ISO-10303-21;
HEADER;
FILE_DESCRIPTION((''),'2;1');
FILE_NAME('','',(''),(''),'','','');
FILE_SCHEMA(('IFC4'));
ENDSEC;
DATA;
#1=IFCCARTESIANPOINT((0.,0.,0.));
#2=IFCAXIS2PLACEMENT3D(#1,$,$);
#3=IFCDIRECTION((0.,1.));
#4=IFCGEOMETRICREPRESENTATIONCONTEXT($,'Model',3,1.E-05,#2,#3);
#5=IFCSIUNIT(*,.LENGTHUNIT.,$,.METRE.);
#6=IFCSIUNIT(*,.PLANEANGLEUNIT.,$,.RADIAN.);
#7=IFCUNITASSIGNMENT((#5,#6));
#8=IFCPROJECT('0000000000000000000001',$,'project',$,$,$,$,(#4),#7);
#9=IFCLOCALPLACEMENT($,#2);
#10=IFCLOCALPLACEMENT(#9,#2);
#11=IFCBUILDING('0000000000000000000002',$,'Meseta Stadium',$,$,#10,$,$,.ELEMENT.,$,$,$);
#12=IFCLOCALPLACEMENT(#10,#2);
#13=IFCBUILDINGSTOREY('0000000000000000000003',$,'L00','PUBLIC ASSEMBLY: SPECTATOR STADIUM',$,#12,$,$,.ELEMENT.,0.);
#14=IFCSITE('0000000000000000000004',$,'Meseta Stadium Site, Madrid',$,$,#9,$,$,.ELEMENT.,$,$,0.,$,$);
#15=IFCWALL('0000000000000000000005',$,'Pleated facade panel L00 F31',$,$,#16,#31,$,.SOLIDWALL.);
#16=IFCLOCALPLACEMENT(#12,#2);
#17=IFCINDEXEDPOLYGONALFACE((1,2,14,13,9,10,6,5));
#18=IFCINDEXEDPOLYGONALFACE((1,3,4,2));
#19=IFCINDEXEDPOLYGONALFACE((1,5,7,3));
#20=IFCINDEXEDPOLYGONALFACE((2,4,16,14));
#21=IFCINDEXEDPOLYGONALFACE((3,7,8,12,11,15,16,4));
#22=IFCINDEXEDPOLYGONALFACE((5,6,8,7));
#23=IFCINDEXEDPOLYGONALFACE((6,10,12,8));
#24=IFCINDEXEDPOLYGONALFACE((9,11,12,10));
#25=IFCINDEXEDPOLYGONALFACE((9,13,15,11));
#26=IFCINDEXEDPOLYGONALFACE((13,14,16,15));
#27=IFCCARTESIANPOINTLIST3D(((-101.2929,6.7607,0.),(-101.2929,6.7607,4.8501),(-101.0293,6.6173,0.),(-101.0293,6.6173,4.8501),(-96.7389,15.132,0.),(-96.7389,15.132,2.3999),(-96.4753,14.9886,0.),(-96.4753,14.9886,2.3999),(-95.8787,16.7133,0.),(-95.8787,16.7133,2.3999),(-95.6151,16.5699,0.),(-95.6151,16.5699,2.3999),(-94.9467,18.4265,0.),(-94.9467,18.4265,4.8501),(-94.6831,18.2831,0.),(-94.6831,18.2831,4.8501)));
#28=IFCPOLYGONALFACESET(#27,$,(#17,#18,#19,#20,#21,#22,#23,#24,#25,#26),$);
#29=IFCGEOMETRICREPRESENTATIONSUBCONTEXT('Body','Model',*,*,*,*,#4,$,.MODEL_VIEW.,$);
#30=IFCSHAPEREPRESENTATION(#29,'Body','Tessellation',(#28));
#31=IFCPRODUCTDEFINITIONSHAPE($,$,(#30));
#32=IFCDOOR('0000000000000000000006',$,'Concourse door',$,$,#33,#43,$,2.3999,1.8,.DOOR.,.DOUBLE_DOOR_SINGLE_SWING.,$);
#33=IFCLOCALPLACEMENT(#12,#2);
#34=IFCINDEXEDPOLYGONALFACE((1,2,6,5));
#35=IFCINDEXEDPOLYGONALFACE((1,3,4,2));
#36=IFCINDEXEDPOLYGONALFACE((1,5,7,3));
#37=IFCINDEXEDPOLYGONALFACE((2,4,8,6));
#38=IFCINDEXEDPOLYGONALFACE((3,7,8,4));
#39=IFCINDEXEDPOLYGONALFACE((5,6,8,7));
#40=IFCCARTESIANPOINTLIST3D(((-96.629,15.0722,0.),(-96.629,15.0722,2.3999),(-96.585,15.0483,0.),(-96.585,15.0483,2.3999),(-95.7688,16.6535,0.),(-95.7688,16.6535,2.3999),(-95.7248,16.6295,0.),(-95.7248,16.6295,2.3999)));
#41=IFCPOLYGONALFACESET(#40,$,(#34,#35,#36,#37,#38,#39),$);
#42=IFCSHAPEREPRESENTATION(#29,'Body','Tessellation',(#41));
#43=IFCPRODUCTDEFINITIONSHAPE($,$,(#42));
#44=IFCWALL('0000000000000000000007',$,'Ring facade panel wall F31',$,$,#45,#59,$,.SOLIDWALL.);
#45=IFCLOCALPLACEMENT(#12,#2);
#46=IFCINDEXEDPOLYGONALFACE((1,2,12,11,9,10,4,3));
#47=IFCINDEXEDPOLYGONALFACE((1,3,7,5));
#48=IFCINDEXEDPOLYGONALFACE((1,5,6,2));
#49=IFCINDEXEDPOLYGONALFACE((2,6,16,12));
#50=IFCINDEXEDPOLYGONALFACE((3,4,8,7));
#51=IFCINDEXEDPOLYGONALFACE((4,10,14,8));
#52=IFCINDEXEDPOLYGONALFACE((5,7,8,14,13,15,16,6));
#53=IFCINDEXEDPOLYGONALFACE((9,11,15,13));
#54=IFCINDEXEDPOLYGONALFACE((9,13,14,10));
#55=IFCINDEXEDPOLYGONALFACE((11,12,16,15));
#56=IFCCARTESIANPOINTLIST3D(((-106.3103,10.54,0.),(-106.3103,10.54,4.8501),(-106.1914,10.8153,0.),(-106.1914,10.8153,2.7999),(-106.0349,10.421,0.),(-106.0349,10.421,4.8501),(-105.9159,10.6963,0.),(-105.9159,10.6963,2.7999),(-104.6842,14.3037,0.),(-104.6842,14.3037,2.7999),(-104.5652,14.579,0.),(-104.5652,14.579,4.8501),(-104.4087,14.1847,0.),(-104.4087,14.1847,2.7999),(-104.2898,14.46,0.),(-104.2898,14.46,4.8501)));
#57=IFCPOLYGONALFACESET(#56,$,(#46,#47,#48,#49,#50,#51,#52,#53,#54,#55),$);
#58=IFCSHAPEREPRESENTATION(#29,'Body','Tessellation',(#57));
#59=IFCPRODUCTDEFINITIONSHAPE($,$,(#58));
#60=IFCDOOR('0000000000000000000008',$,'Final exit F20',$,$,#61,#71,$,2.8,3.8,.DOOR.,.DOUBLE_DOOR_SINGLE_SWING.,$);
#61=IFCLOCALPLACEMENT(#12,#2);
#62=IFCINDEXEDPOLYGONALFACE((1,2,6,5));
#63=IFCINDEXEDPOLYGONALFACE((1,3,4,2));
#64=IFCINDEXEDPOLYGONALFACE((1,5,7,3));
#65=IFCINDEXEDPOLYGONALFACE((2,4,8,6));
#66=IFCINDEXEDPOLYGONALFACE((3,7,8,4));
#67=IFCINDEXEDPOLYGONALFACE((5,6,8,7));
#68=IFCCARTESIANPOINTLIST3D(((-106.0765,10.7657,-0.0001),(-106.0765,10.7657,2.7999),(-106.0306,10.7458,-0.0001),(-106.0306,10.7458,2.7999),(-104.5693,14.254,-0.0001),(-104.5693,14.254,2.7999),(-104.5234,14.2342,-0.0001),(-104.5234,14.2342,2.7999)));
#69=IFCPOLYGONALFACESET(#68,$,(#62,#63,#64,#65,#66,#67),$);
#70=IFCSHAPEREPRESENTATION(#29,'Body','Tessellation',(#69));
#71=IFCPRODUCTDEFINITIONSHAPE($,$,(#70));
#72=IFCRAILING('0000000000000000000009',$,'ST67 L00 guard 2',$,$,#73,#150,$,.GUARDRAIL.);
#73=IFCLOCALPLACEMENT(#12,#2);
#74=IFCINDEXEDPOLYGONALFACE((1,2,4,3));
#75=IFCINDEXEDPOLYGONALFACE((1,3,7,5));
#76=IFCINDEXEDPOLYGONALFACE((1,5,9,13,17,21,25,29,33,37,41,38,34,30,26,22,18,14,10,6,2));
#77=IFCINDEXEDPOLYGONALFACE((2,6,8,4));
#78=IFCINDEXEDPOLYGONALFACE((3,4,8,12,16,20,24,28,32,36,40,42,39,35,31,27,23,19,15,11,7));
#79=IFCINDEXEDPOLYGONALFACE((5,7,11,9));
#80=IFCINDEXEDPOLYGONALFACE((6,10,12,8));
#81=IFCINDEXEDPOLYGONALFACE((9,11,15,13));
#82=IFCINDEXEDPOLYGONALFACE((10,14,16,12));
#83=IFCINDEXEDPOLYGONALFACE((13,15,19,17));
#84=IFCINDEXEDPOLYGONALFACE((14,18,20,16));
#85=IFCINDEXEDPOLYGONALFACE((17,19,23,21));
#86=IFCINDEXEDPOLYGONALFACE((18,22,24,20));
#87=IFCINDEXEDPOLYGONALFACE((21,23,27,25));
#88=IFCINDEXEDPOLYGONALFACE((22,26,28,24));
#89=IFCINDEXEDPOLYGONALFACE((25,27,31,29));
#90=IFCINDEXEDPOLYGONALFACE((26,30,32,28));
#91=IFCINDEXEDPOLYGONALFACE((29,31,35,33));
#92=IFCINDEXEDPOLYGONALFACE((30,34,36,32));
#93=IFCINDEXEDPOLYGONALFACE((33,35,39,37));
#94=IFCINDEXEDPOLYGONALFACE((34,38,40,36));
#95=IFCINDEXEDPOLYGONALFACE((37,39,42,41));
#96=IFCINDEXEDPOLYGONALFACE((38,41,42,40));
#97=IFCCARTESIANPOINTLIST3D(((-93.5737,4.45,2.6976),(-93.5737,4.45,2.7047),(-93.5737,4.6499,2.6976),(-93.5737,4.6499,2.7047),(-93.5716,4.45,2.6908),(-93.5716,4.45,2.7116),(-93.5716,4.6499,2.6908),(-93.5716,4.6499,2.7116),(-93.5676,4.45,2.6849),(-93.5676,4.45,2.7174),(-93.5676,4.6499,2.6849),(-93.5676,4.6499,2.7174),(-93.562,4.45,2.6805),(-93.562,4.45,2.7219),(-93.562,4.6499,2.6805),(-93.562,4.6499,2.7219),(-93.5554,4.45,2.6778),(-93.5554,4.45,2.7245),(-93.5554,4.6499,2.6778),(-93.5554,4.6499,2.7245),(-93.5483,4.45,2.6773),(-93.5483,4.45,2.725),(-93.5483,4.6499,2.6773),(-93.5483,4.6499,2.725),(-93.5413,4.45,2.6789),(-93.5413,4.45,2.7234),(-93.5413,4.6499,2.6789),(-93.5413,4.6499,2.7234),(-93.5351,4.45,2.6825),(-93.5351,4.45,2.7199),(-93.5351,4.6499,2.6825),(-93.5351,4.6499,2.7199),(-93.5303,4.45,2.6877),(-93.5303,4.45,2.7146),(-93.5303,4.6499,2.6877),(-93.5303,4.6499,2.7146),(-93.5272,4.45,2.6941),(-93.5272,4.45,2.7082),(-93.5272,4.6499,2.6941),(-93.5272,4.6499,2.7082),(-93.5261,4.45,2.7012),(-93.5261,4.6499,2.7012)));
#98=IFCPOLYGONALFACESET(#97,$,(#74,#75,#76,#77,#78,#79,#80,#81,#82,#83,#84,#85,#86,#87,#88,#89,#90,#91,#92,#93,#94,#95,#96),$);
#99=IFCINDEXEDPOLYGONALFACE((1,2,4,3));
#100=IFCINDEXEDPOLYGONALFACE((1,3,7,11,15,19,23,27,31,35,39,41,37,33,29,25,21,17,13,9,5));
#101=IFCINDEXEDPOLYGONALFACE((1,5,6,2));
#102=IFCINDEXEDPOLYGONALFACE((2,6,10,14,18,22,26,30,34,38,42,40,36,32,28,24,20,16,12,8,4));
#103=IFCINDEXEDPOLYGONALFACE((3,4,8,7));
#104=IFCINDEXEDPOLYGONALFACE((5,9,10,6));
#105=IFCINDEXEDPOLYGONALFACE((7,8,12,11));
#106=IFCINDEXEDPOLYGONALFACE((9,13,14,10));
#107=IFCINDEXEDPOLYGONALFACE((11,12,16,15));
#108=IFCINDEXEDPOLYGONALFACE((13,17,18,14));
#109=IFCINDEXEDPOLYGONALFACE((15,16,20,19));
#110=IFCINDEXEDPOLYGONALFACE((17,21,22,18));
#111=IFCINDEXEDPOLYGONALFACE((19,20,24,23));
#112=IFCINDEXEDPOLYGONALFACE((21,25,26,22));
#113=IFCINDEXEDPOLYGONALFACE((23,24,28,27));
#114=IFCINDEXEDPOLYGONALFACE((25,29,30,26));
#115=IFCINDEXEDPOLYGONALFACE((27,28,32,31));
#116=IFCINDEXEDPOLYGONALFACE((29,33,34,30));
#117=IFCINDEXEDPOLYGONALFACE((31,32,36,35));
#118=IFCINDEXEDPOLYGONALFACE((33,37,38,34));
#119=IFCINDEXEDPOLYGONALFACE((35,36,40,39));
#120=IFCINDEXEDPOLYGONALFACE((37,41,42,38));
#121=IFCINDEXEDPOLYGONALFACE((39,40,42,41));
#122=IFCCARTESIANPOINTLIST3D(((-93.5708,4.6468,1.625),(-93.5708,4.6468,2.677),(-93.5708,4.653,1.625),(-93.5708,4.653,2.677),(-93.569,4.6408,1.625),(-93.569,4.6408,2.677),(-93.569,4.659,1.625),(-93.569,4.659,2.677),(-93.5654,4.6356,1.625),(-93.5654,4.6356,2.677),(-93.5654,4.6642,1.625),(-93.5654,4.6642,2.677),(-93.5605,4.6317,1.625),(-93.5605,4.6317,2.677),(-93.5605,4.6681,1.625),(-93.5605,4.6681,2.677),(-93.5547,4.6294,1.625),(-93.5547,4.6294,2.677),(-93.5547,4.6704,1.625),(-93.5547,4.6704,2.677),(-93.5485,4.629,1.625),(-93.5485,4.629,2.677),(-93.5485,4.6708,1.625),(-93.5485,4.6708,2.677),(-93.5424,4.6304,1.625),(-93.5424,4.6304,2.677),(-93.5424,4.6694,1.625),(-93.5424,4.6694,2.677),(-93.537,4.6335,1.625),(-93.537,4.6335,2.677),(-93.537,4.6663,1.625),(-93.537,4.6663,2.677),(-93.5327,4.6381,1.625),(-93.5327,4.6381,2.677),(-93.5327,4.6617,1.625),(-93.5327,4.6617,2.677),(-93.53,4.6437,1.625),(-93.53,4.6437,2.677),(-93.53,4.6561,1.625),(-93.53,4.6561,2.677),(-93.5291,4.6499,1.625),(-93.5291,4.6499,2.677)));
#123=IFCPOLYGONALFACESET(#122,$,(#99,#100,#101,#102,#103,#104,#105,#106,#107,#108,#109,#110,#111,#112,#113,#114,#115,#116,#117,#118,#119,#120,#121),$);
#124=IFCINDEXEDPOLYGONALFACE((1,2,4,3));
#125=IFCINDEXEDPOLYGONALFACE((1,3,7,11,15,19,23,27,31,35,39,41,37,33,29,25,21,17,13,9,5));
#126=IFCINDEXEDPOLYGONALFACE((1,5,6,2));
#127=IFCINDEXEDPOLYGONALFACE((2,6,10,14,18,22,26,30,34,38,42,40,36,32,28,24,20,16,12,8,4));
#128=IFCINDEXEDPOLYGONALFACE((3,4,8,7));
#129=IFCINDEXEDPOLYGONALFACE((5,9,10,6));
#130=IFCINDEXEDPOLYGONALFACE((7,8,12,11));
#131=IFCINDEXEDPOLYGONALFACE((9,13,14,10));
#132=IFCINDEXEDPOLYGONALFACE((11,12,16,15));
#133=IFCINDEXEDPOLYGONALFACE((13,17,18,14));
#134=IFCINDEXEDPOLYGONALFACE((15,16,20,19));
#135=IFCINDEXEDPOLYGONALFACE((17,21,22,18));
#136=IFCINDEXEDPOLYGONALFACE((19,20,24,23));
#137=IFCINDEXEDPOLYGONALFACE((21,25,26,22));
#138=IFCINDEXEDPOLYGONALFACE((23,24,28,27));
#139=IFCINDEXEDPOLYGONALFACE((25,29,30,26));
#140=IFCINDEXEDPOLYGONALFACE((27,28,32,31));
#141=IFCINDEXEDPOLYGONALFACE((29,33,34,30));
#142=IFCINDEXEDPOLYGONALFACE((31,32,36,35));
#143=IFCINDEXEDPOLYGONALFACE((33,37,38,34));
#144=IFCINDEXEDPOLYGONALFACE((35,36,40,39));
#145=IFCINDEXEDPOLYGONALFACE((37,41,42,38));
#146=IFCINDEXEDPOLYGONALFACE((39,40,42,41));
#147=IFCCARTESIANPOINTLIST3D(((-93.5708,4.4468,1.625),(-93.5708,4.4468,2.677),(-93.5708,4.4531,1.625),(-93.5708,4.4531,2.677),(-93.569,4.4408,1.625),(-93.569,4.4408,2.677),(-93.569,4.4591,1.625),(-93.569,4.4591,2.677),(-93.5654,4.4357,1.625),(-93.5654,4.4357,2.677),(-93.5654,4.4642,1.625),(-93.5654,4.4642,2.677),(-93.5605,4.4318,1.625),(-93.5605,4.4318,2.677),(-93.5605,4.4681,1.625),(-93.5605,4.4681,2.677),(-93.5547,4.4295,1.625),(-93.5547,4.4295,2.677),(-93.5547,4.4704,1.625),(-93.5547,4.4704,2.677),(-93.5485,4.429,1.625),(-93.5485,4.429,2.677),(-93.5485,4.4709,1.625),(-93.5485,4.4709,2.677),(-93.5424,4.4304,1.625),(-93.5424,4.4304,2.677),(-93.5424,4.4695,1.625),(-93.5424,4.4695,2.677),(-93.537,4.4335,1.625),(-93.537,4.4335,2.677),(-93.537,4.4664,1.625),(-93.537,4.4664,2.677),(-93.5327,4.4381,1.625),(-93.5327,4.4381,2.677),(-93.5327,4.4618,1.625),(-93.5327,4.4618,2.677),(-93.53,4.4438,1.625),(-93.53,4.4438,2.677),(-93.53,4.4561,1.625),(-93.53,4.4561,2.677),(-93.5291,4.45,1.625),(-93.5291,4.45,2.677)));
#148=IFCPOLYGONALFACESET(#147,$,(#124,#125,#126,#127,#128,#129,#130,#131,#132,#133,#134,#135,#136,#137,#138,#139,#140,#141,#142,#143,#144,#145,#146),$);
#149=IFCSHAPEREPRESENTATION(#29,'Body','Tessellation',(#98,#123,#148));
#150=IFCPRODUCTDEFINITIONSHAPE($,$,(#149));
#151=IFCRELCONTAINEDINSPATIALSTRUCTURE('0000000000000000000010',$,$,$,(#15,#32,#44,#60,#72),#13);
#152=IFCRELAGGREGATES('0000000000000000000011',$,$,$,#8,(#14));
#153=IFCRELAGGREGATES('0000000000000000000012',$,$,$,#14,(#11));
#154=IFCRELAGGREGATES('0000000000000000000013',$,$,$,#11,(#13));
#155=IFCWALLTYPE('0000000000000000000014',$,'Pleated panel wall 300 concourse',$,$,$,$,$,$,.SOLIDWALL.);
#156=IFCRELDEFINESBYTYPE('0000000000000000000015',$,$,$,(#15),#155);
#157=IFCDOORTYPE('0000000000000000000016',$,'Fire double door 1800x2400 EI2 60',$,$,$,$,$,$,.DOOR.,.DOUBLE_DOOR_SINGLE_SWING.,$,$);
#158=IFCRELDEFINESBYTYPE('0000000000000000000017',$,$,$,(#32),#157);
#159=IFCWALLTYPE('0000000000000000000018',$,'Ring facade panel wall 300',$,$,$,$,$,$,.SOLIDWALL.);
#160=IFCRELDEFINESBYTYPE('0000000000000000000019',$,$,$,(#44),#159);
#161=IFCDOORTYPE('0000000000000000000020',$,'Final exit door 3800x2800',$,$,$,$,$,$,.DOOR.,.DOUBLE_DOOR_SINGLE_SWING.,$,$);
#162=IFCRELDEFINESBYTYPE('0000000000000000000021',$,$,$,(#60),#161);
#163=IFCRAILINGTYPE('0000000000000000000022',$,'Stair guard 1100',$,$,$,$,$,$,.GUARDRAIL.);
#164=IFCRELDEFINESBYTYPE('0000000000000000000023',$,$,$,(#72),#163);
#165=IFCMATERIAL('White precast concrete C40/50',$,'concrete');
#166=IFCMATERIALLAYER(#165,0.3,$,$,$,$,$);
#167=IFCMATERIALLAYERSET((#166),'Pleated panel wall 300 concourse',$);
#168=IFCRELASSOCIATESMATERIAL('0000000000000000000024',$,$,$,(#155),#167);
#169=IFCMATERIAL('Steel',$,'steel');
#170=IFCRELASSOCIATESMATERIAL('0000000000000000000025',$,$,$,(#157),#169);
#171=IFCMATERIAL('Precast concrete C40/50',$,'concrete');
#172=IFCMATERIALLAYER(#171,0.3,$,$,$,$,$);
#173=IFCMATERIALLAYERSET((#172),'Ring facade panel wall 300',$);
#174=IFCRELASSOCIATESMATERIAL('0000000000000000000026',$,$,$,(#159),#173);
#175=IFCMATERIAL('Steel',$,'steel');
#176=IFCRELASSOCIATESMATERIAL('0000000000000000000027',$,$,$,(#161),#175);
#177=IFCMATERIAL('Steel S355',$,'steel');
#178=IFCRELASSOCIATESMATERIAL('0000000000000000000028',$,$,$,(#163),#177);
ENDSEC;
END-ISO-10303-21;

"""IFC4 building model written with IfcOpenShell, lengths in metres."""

from ifc_helpers import new_model, si_unit, direction, frame, frame_2d, origin, origin_2d, place, context, subcontext, project, spatial, rectangle, circle, extrude, material, layer, layer_set, type_object, element, fill, save


model = new_model("IFC4")

# Units and contexts
model_context = context("Model", 3, precision=1e-05, world=origin(), true_north=direction((0.0, 1.0)))
body_context = subcontext(model_context, "Body", "Model", "MODEL_VIEW")
ifc_project = project(units=[si_unit("LENGTHUNIT", "METRE"), si_unit("PLANEANGLEUNIT", "RADIAN")], contexts=[model_context])

# Site, building, storey
site_placement = place(None, origin())
site = spatial("IfcSite", under=ifc_project, at=site_placement, Name="Meseta Stadium Site, Madrid", CompositionType="ELEMENT", RefElevation=0.0)
building_placement = place(site_placement, origin())
building = spatial("IfcBuilding", under=site, at=building_placement, Name="Meseta Stadium", CompositionType="ELEMENT")
storey_placement = place(building_placement, origin())
storey = spatial("IfcBuildingStorey", under=building, at=storey_placement, Name="L00", Description="PUBLIC ASSEMBLY: SPECTATOR STADIUM", CompositionType="ELEMENT", Elevation=0.0)

# Walls, openings, doors
ifc_material_1 = material(Name="White precast concrete C40/50", Category="concrete")
ifc_layer_1 = layer(ifc_material_1, 0.3)
ifc_layer_set_1 = layer_set([ifc_layer_1], Name="Pleated panel wall 300 concourse")
wall_type_1 = type_object("IfcWallType", Name="Pleated panel wall 300 concourse", PredefinedType="SOLIDWALL", material=ifc_layer_set_1)
wall_1_placement = place(storey_placement, frame((-101.1611, 6.689, 0.0), z_axis=(0.0, 0.0, 1.0), x_axis=(0.477868, 0.878432, 0.0)))
wall_1 = element("IfcWall", 1, at=wall_1_placement, inside=storey, type_object=wall_type_1, Name="Pleated facade panel L00 F31", PredefinedType="SOLIDWALL", context=body_context, shape_type="SweptSolid", body=[
    extrude(rectangle(XDim=13.2803, YDim=0.3, at=frame_2d((6.6401, 0.0))), origin(), (0.0, 0.0, 1.0), 4.8501),
])
opening_1_placement = place(wall_1_placement, frame((9.53, 0.0, 0.0)))
opening_1 = element("IfcOpeningElement", 2, at=opening_1_placement, cuts=wall_1, PredefinedType="OPENING", context=body_context, shape_type="SweptSolid", body=[
    extrude(rectangle(XDim=1.8, YDim=2.3999, at=frame_2d((0.8999, 1.2))), frame((0.0, 0.1599, 0.0), z_axis=(0.0, -1.0, 0.0), x_axis=(1.0, 0.0, 0.0)), (0.0, 0.0, 1.0), 0.3201),
])
ifc_material_2 = material(Name="Steel", Category="steel")
door_type_1 = type_object("IfcDoorType", Name="Fire double door 1800x2400 EI2 60", OperationType="DOUBLE_DOOR_SINGLE_SWING", PredefinedType="DOOR", material=ifc_material_2)
door_1_placement = place(opening_1_placement, origin())
door_1 = element("IfcDoor", 3, at=door_1_placement, inside=storey, type_object=door_type_1, Name="Concourse door", OperationType="DOUBLE_DOOR_SINGLE_SWING", OverallHeight=2.3999, OverallWidth=1.8, PredefinedType="DOOR", context=body_context, shape_type="SweptSolid", body=[
    extrude(rectangle(XDim=1.8, YDim=2.3999, at=frame_2d((0.8999, 1.2))), frame((0.0, 0.0249, 0.0), z_axis=(0.0, -1.0, 0.0), x_axis=(1.0, 0.0, 0.0)), (0.0, 0.0, 1.0), 0.05),
])
fill(opening_1, door_1)
ifc_material_3 = material(Name="Precast concrete C40/50", Category="concrete")
ifc_layer_2 = layer(ifc_material_3, 0.3)
ifc_layer_set_2 = layer_set([ifc_layer_2], Name="Ring facade panel wall 300")
wall_type_2 = type_object("IfcWallType", Name="Ring facade panel wall 300", PredefinedType="SOLIDWALL", material=ifc_layer_set_2)
wall_2_placement = place(storey_placement, frame((-106.1726, 10.4805, 0.0), z_axis=(0.0, 0.0, 1.0), x_axis=(0.396623, 0.917982, 0.0)))
wall_2 = element("IfcWall", 4, at=wall_2_placement, inside=storey, type_object=wall_type_2, Name="Ring facade panel wall F31", PredefinedType="SOLIDWALL", context=body_context, shape_type="SweptSolid", body=[
    extrude(rectangle(XDim=4.3999, YDim=0.3, at=frame_2d((2.2, 0.0))), origin(), (0.0, 0.0, 1.0), 4.8501),
])
opening_2_placement = place(wall_2_placement, frame((0.3, 0.0, 0.0)))
opening_2 = element("IfcOpeningElement", 5, at=opening_2_placement, cuts=wall_2, PredefinedType="OPENING", context=body_context, shape_type="SweptSolid", body=[
    extrude(rectangle(XDim=3.8, YDim=2.8, at=frame_2d((1.8999, 1.3999))), frame((0.0, 0.1599, 0.0), z_axis=(0.0, -1.0, 0.0), x_axis=(1.0, 0.0, 0.0)), (0.0, 0.0, 1.0), 0.3201),
])
ifc_material_4 = material(Name="Steel", Category="steel")
door_type_2 = type_object("IfcDoorType", Name="Final exit door 3800x2800", OperationType="DOUBLE_DOOR_SINGLE_SWING", PredefinedType="DOOR", material=ifc_material_4)
door_2_placement = place(opening_2_placement, origin())
door_2 = element("IfcDoor", 6, at=door_2_placement, inside=storey, type_object=door_type_2, Name="Final exit F20", OperationType="DOUBLE_DOOR_SINGLE_SWING", OverallHeight=2.8, OverallWidth=3.8, PredefinedType="DOOR", context=body_context, shape_type="SweptSolid", body=[
    extrude(rectangle(XDim=3.8, YDim=2.8, at=frame_2d((1.8999, 1.3999))), frame((0.0, 0.0249, 0.0), z_axis=(0.0, -1.0, 0.0), x_axis=(1.0, 0.0, 0.0)), (0.0, 0.0, 1.0), 0.05),
])
fill(opening_2, door_2)

# Railing
ifc_material_5 = material(Name="Steel S355", Category="steel")
railing_type = type_object("IfcRailingType", Name="Stair guard 1100", PredefinedType="GUARDRAIL", material=ifc_material_5)
for number, where, name in (
    (7, (-93.55, 4.6499, 1.625), "ST67 L00 guard 2"),
):
    element("IfcRailing", number, at=place(storey_placement, frame(where)), inside=storey, type_object=railing_type, Name=name, PredefinedType="GUARDRAIL", context=body_context, shape_type="SweptSolid", body=[
        extrude(circle(Radius=0.0239, at=origin_2d()), frame((0.0, 0.0, 1.0762), z_axis=(0.0, -1.0, 0.0), x_axis=(1.0, 0.0, 0.0)), (0.0, 0.0, 1.0), 0.2),
        extrude(circle(Radius=0.021, at=origin_2d()), origin(), (0.0, 0.0, 1.0), 1.052),
        extrude(circle(Radius=0.021, at=origin_2d()), frame((0.0, -0.2, 0.0)), (0.0, 0.0, 1.0), 1.052),
    ])

save(model, "model.ifc")
